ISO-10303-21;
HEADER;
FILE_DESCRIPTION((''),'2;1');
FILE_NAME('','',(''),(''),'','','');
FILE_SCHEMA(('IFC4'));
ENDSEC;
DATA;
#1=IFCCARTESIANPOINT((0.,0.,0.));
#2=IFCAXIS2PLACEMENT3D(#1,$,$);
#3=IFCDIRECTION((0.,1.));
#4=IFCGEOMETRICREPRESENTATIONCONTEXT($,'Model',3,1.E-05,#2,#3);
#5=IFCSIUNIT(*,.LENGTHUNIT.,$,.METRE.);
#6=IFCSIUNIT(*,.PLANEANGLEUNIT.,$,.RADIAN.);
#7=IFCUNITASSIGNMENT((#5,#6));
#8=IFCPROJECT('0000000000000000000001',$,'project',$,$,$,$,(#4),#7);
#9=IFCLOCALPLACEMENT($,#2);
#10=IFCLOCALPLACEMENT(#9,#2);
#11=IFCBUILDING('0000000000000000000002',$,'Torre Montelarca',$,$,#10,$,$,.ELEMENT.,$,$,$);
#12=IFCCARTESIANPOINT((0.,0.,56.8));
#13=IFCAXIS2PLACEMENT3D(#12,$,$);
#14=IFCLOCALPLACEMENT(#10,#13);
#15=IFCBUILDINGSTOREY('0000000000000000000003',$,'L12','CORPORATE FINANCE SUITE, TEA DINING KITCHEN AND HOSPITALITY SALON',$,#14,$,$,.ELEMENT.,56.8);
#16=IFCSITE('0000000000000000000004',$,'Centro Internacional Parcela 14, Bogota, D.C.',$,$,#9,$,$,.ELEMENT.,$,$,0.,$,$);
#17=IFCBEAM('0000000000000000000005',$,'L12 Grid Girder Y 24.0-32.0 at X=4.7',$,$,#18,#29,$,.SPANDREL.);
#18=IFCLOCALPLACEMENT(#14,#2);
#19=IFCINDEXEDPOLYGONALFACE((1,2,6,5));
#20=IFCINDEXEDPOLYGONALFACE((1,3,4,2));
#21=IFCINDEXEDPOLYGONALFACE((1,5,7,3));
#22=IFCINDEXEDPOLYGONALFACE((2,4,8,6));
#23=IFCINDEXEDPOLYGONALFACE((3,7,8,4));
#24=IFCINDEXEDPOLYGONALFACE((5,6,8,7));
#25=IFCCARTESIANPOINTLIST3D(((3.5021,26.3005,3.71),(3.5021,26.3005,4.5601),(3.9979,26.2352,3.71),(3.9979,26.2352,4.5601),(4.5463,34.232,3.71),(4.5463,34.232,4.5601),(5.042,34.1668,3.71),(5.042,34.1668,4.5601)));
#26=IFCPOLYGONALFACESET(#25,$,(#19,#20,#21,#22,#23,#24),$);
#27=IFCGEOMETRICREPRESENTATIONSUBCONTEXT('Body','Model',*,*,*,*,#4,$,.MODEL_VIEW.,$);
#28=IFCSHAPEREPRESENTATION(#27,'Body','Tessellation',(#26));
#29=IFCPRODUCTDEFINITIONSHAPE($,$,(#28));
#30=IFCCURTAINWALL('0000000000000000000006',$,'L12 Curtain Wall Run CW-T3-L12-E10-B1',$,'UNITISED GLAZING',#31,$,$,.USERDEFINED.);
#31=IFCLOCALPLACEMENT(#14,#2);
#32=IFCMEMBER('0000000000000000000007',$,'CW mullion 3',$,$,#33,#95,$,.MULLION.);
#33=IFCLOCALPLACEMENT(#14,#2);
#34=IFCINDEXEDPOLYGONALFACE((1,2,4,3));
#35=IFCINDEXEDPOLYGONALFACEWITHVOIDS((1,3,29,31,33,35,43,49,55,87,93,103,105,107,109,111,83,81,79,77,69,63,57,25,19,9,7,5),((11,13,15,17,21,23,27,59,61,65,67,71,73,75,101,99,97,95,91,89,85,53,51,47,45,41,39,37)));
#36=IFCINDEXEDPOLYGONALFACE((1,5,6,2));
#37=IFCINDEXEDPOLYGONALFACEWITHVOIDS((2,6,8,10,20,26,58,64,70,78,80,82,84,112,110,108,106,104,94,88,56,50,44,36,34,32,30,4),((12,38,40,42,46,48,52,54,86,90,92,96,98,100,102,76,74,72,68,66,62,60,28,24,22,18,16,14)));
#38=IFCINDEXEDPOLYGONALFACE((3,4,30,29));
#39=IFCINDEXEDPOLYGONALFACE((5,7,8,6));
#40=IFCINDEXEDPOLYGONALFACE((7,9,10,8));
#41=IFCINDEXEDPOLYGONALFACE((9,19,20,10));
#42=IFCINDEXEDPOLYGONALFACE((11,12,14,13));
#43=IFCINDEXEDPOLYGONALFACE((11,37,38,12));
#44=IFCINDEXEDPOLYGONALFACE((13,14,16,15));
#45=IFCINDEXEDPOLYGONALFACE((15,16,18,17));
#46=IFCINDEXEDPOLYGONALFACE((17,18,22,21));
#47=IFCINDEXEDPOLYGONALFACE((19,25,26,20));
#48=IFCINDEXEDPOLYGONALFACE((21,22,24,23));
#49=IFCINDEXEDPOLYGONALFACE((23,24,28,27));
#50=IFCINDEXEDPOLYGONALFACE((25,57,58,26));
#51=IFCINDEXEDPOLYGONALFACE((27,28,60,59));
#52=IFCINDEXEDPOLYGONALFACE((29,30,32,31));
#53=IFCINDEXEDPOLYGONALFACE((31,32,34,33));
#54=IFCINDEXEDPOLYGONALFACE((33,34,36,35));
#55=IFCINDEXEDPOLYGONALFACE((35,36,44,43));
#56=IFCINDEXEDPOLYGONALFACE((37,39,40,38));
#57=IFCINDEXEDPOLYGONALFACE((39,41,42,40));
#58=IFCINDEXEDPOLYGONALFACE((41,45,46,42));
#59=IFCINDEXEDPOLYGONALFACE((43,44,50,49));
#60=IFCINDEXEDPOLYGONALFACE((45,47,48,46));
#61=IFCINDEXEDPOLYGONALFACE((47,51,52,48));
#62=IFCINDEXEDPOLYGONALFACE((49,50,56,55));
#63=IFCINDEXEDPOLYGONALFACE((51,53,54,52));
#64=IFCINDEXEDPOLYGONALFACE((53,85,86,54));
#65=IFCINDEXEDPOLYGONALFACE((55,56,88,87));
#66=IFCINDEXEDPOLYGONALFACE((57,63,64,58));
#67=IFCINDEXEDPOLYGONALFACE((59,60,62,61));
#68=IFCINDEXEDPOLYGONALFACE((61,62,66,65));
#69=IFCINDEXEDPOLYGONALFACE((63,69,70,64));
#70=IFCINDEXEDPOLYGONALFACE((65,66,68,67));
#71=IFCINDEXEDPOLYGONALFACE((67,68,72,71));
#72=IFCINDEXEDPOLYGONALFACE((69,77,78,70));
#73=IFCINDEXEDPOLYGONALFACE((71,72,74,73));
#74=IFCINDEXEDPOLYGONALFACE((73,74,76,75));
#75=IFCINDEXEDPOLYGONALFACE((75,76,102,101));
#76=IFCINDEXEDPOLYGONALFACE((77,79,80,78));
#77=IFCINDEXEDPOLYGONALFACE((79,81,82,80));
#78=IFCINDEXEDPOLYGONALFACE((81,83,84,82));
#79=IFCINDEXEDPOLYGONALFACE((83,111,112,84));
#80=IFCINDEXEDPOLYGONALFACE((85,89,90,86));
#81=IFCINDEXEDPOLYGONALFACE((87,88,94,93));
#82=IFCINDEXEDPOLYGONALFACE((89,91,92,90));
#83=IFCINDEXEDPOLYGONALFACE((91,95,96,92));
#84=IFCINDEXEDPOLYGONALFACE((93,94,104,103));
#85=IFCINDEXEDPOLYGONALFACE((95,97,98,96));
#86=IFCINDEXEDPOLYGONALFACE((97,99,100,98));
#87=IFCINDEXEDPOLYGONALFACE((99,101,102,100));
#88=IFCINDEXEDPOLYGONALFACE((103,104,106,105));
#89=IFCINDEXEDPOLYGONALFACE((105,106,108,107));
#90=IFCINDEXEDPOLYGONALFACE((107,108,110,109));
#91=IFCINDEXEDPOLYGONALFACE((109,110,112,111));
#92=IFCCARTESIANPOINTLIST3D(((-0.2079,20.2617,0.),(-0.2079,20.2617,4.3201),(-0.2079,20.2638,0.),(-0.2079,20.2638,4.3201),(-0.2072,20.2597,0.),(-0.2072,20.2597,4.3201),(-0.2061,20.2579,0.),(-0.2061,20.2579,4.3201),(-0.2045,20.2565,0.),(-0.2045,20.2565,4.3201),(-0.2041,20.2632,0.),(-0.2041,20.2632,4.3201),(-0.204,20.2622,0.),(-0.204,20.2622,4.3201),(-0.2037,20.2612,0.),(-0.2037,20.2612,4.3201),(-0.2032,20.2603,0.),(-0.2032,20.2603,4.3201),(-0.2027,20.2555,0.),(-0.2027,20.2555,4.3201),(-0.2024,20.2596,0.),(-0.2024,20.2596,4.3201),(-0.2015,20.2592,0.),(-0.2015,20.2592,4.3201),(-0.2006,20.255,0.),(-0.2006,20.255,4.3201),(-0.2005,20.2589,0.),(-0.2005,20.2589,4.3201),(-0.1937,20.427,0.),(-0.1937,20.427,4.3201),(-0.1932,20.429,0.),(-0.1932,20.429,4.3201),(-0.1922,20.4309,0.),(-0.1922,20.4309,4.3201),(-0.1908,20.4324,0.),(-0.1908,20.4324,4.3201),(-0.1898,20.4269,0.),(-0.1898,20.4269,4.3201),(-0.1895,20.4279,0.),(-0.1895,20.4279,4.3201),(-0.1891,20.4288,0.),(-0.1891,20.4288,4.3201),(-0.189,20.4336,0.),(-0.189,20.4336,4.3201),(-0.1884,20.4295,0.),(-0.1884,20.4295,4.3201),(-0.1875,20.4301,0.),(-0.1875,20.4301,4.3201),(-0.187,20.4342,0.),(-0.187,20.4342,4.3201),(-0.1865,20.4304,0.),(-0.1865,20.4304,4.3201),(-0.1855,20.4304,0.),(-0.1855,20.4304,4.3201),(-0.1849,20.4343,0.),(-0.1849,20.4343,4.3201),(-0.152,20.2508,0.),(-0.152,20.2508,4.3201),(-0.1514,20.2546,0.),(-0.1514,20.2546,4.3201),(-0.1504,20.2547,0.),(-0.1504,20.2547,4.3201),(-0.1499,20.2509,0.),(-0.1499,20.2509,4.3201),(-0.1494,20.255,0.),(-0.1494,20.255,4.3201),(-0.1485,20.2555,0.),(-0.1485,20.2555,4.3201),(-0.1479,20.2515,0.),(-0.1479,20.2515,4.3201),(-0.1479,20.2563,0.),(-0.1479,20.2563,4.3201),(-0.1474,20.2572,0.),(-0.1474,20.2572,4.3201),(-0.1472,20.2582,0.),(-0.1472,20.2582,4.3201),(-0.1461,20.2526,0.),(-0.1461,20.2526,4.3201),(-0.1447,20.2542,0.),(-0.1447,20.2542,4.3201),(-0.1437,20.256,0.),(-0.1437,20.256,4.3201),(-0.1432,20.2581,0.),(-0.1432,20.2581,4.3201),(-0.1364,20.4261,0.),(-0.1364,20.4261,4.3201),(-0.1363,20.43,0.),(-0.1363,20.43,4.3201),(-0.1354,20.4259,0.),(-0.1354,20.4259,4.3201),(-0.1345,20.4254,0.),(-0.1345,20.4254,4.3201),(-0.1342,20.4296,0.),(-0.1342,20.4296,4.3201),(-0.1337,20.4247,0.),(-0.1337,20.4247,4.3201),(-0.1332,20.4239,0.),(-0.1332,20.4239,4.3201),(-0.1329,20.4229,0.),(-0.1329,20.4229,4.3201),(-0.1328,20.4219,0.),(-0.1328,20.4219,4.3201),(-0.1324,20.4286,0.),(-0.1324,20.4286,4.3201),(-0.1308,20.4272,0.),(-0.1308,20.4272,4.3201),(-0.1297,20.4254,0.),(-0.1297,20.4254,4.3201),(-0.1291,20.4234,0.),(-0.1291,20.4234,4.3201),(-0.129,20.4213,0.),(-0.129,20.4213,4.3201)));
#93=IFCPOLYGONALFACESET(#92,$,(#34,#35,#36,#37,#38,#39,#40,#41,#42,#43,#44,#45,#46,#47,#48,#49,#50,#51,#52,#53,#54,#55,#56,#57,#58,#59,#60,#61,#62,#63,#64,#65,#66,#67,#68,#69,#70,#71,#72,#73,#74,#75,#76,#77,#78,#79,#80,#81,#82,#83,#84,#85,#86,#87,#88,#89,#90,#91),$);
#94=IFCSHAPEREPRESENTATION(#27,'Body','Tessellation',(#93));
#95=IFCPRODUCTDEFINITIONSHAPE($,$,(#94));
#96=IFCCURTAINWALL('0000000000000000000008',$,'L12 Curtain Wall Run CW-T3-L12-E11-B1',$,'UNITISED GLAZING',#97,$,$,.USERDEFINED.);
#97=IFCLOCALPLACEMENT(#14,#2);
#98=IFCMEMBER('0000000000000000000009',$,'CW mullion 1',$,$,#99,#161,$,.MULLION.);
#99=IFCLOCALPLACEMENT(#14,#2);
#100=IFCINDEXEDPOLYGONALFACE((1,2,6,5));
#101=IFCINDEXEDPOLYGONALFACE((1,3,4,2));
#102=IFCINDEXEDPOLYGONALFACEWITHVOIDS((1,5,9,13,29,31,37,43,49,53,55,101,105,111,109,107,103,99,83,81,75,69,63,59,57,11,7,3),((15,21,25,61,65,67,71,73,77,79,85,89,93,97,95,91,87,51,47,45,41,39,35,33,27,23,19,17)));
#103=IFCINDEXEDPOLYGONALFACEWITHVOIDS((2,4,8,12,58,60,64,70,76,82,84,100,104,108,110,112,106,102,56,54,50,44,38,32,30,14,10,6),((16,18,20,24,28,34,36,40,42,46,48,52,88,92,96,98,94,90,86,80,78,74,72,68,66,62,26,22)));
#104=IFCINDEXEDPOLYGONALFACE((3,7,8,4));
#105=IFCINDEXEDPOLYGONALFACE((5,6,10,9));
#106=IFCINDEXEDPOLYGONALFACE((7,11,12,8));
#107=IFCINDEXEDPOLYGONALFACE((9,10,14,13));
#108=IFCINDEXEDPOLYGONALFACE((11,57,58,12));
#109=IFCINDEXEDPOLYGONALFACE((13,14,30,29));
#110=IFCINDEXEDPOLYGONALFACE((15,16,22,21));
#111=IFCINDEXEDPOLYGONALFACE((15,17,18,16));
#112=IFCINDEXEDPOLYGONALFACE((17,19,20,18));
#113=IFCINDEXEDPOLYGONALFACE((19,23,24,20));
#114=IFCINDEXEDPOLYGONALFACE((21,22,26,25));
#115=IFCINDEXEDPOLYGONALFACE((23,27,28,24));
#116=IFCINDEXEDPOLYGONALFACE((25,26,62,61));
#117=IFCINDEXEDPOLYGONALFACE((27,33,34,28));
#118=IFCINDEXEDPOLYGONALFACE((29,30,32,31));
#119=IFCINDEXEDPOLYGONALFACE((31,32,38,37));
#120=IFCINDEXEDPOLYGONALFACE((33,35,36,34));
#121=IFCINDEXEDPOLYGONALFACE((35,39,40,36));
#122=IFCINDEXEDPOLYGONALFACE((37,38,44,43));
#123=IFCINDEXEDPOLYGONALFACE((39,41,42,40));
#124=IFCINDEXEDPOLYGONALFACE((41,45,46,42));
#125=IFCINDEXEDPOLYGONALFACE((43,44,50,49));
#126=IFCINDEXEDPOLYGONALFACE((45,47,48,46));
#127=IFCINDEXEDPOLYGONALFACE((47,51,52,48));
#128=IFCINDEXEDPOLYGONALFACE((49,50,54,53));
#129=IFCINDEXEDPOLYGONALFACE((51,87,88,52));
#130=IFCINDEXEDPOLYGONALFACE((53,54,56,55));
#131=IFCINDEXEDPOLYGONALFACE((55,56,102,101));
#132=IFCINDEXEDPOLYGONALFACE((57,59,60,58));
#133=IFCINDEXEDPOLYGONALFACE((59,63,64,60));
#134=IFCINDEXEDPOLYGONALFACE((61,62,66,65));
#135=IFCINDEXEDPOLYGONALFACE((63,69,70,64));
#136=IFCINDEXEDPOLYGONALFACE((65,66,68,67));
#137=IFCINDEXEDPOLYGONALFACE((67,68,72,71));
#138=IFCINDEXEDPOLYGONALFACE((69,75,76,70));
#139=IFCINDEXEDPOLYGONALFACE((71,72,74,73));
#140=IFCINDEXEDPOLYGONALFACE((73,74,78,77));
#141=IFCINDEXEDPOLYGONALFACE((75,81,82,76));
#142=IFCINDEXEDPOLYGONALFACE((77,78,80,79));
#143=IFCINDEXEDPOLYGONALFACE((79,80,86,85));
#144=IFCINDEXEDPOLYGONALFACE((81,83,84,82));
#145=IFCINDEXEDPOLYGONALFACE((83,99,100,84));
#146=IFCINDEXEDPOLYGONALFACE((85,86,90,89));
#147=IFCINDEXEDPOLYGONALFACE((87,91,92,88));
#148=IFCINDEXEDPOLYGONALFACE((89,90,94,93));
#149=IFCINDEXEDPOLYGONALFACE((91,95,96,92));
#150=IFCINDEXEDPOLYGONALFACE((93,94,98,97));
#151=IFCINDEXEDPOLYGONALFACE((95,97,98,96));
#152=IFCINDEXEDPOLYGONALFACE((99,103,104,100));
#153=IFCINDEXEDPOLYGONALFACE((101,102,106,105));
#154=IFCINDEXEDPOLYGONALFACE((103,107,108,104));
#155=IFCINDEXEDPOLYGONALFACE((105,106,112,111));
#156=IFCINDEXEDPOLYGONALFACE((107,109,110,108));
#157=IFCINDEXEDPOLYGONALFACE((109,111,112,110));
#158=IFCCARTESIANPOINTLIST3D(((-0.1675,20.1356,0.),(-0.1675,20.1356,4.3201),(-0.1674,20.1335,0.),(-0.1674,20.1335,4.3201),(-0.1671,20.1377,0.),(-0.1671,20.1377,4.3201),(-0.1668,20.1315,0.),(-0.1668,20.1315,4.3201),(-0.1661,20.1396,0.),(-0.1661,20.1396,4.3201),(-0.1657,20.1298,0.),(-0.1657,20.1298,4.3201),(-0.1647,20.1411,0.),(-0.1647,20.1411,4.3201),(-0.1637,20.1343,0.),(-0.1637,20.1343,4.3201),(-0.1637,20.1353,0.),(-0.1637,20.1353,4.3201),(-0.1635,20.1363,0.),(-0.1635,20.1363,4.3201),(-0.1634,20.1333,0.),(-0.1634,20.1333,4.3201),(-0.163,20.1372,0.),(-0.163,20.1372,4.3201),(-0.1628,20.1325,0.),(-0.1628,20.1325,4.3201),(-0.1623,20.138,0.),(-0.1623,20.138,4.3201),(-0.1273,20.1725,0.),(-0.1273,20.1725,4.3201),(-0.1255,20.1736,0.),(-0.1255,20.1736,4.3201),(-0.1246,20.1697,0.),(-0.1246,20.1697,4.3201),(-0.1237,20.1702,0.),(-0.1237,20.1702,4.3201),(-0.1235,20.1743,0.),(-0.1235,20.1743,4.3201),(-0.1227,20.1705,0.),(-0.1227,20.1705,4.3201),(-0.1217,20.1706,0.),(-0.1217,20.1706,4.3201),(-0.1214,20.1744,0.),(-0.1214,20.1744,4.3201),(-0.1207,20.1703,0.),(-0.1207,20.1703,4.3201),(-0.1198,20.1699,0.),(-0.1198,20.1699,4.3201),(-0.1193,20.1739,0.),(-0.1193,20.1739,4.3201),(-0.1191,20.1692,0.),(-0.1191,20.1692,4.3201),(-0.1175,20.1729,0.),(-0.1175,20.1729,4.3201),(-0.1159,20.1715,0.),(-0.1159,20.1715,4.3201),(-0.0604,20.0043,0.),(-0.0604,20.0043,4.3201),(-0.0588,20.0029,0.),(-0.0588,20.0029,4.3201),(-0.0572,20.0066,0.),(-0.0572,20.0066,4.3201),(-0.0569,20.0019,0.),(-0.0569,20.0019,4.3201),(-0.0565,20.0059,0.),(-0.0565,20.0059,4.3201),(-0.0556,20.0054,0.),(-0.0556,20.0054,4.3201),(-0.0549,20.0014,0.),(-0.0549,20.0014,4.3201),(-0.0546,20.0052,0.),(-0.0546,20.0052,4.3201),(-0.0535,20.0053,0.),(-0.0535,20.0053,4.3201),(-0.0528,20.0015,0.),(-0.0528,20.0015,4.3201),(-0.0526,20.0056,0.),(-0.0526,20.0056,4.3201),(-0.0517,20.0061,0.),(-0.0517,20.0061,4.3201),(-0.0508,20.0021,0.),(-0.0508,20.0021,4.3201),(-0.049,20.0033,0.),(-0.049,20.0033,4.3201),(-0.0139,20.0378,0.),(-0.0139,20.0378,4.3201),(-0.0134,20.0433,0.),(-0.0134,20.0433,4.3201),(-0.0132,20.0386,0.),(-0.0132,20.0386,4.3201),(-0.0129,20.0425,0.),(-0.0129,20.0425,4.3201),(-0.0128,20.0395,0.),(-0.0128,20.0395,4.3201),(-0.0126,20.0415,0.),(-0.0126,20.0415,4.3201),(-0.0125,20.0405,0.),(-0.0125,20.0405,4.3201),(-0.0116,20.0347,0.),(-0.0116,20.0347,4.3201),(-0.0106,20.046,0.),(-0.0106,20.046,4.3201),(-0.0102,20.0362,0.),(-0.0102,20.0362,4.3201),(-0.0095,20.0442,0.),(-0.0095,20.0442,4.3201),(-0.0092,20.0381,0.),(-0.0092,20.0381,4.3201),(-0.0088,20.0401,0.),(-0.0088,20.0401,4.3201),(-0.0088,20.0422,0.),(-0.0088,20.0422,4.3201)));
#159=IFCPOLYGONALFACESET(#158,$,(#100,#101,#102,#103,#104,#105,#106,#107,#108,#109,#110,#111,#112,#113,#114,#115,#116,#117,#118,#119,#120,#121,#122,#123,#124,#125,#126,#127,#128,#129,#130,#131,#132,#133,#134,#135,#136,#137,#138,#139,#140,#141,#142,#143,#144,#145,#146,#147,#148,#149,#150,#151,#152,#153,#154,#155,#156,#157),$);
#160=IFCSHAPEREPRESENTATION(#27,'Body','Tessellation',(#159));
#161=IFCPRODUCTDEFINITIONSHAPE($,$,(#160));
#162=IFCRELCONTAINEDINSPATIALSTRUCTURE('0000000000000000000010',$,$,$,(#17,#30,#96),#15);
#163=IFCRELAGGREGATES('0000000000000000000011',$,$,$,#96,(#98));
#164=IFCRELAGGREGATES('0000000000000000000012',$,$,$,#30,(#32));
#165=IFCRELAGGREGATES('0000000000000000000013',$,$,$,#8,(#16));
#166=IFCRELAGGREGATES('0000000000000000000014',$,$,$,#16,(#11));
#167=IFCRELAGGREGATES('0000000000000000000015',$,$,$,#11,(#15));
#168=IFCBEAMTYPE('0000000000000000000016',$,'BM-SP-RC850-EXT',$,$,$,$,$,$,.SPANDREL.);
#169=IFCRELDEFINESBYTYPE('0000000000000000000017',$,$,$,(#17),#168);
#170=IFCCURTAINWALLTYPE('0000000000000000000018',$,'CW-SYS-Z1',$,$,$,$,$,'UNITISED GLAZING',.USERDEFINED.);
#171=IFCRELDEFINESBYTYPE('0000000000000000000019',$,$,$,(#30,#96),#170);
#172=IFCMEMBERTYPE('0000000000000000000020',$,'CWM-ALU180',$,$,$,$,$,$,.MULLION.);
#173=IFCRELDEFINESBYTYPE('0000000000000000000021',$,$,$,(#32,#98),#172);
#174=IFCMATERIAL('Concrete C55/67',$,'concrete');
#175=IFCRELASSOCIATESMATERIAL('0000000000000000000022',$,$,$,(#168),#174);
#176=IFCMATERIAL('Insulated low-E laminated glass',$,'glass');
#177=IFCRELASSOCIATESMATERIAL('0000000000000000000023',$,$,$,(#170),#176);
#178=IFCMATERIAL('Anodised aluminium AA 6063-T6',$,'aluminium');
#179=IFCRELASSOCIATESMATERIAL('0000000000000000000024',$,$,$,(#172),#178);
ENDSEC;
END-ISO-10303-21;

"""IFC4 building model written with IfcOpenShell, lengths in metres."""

from ifc_helpers import new_model, si_unit, direction, frame, origin, origin_2d, place, context, subcontext, project, spatial, rectangle, hollow_rectangle, extrude, source, transform, mapped, material, material_profile, profile_set, type_object, element, aggregate, save


model = new_model("IFC4")

# Units and contexts
model_context = context("Model", 3, precision=1e-05, world=origin(), true_north=direction((0.0, 1.0)))
body_context = subcontext(model_context, "Body", "Model", "MODEL_VIEW")
ifc_project = project(units=[si_unit("LENGTHUNIT", "METRE"), si_unit("PLANEANGLEUNIT", "RADIAN")], contexts=[model_context])

# Site, building, storey
site_placement = place(None, origin())
site = spatial("IfcSite", under=ifc_project, at=site_placement, Name="Centro Internacional Parcela 14, Bogota, D.C.", CompositionType="ELEMENT", RefElevation=0.0)
building_placement = place(site_placement, origin())
building = spatial("IfcBuilding", under=site, at=building_placement, Name="Torre Montelarca", CompositionType="ELEMENT")
storey_placement = place(building_placement, frame((0.0, 0.0, 56.8)))
storey = spatial("IfcBuildingStorey", under=building, at=storey_placement, Name="L12", Description="CORPORATE FINANCE SUITE, TEA DINING KITCHEN AND HOSPITALITY SALON", CompositionType="ELEMENT", Elevation=56.8)

# Beam
ifc_material_1 = material(Name="Concrete C55/67", Category="concrete")
ifc_material_profile_1 = material_profile(ifc_material_1, rectangle(XDim=0.5, YDim=0.8501, at=origin_2d()), Name="RCB500X850", Category="concrete")
ifc_profile_set_1 = profile_set([ifc_material_profile_1], Name="Concrete C55/67")
beam_type = type_object("IfcBeamType", Name="BM-SP-RC850-EXT", PredefinedType="SPANDREL", material=ifc_profile_set_1)
shared_shape_1 = source(origin(), body_context, "Body", "SweptSolid", [
    extrude(rectangle(XDim=0.5, YDim=0.8501, at=origin_2d()), origin(), (0.0, 0.0, 1.0), 8.0),
])
beam_placement = place(storey_placement, frame((3.75, 26.2678, 4.135), z_axis=(0.130522, 0.991445, 0.0), x_axis=(-0.991445, 0.130522, 0.0)))
element("IfcBeam", 1, at=beam_placement, inside=storey, type_object=beam_type, Name="L12 Grid Girder Y 24.0-32.0 at X=4.7", PredefinedType="SPANDREL", context=body_context, shape_type="MappedRepresentation", body=[
    mapped(shared_shape_1, transform((0.0, 0.0, 0.0), scale=1.0)),
])

# Curtain wall, member
ifc_material_2 = material(Name="Insulated low-E laminated glass", Category="glass")
curtain_wall_type = type_object("IfcCurtainWallType", Name="CW-SYS-Z1", ElementType="UNITISED GLAZING", PredefinedType="USERDEFINED", material=ifc_material_2)
curtain_wall_1_placement = place(storey_placement, origin())
curtain_wall_1 = element("IfcCurtainWall", 2, at=curtain_wall_1_placement, inside=storey, type_object=curtain_wall_type, Name="L12 Curtain Wall Run CW-T3-L12-E10-B1", ObjectType="UNITISED GLAZING", PredefinedType="USERDEFINED")
ifc_material_3 = material(Name="Anodised aluminium AA 6063-T6", Category="aluminium")
ifc_material_profile_2 = material_profile(ifc_material_3, hollow_rectangle(XDim=0.0649, YDim=0.1799, WallThickness=0.0039, InnerFilletRadius=0.0039, OuterFilletRadius=0.0081, at=origin_2d()), Name="ALU65X180X4", Category="aluminium")
ifc_profile_set_2 = profile_set([ifc_material_profile_2], Name="Anodised aluminium AA 6063-T6")
member_type_1 = type_object("IfcMemberType", Name="CWM-ALU180", PredefinedType="MULLION", material=ifc_profile_set_2)
shared_shape_2 = source(origin(), body_context, "Body", "SweptSolid", [
    extrude(hollow_rectangle(XDim=0.0649, YDim=0.1799, WallThickness=0.0039, InnerFilletRadius=0.0039, OuterFilletRadius=0.0081, at=origin_2d()), origin(), (0.0, 0.0, 1.0), 4.3201),
])
member_1_placement = place(storey_placement, frame((-0.1685, 20.3425, 0.0), z_axis=(0.0, 0.0, 1.0), x_axis=(0.996194, -0.087162, 0.0)))
member_1 = element("IfcMember", 3, at=member_1_placement, type_object=member_type_1, Name="CW mullion 3", PredefinedType="MULLION", context=body_context, shape_type="MappedRepresentation", body=[
    mapped(shared_shape_2, transform((0.0, 0.0, 0.0), scale=1.0)),
])

# Curtain wall, member
curtain_wall_2_placement = place(storey_placement, origin())
curtain_wall_2 = element("IfcCurtainWall", 4, at=curtain_wall_2_placement, inside=storey, type_object=curtain_wall_type, Name="L12 Curtain Wall Run CW-T3-L12-E11-B1", ObjectType="UNITISED GLAZING", PredefinedType="USERDEFINED")
member_2_placement = place(storey_placement, frame((-0.0881, 20.0879, 0.0), z_axis=(0.0, 0.0, 1.0), x_axis=(0.766043, 0.64279, 0.0)))
member_2 = element("IfcMember", 5, at=member_2_placement, type_object=member_type_1, Name="CW mullion 1", PredefinedType="MULLION", context=body_context, shape_type="MappedRepresentation", body=[
    mapped(shared_shape_2, transform((0.0, 0.0, 0.0), scale=1.0)),
])
aggregate(curtain_wall_2, [member_2])

aggregate(curtain_wall_1, [member_1])

save(model, "model.ifc")
